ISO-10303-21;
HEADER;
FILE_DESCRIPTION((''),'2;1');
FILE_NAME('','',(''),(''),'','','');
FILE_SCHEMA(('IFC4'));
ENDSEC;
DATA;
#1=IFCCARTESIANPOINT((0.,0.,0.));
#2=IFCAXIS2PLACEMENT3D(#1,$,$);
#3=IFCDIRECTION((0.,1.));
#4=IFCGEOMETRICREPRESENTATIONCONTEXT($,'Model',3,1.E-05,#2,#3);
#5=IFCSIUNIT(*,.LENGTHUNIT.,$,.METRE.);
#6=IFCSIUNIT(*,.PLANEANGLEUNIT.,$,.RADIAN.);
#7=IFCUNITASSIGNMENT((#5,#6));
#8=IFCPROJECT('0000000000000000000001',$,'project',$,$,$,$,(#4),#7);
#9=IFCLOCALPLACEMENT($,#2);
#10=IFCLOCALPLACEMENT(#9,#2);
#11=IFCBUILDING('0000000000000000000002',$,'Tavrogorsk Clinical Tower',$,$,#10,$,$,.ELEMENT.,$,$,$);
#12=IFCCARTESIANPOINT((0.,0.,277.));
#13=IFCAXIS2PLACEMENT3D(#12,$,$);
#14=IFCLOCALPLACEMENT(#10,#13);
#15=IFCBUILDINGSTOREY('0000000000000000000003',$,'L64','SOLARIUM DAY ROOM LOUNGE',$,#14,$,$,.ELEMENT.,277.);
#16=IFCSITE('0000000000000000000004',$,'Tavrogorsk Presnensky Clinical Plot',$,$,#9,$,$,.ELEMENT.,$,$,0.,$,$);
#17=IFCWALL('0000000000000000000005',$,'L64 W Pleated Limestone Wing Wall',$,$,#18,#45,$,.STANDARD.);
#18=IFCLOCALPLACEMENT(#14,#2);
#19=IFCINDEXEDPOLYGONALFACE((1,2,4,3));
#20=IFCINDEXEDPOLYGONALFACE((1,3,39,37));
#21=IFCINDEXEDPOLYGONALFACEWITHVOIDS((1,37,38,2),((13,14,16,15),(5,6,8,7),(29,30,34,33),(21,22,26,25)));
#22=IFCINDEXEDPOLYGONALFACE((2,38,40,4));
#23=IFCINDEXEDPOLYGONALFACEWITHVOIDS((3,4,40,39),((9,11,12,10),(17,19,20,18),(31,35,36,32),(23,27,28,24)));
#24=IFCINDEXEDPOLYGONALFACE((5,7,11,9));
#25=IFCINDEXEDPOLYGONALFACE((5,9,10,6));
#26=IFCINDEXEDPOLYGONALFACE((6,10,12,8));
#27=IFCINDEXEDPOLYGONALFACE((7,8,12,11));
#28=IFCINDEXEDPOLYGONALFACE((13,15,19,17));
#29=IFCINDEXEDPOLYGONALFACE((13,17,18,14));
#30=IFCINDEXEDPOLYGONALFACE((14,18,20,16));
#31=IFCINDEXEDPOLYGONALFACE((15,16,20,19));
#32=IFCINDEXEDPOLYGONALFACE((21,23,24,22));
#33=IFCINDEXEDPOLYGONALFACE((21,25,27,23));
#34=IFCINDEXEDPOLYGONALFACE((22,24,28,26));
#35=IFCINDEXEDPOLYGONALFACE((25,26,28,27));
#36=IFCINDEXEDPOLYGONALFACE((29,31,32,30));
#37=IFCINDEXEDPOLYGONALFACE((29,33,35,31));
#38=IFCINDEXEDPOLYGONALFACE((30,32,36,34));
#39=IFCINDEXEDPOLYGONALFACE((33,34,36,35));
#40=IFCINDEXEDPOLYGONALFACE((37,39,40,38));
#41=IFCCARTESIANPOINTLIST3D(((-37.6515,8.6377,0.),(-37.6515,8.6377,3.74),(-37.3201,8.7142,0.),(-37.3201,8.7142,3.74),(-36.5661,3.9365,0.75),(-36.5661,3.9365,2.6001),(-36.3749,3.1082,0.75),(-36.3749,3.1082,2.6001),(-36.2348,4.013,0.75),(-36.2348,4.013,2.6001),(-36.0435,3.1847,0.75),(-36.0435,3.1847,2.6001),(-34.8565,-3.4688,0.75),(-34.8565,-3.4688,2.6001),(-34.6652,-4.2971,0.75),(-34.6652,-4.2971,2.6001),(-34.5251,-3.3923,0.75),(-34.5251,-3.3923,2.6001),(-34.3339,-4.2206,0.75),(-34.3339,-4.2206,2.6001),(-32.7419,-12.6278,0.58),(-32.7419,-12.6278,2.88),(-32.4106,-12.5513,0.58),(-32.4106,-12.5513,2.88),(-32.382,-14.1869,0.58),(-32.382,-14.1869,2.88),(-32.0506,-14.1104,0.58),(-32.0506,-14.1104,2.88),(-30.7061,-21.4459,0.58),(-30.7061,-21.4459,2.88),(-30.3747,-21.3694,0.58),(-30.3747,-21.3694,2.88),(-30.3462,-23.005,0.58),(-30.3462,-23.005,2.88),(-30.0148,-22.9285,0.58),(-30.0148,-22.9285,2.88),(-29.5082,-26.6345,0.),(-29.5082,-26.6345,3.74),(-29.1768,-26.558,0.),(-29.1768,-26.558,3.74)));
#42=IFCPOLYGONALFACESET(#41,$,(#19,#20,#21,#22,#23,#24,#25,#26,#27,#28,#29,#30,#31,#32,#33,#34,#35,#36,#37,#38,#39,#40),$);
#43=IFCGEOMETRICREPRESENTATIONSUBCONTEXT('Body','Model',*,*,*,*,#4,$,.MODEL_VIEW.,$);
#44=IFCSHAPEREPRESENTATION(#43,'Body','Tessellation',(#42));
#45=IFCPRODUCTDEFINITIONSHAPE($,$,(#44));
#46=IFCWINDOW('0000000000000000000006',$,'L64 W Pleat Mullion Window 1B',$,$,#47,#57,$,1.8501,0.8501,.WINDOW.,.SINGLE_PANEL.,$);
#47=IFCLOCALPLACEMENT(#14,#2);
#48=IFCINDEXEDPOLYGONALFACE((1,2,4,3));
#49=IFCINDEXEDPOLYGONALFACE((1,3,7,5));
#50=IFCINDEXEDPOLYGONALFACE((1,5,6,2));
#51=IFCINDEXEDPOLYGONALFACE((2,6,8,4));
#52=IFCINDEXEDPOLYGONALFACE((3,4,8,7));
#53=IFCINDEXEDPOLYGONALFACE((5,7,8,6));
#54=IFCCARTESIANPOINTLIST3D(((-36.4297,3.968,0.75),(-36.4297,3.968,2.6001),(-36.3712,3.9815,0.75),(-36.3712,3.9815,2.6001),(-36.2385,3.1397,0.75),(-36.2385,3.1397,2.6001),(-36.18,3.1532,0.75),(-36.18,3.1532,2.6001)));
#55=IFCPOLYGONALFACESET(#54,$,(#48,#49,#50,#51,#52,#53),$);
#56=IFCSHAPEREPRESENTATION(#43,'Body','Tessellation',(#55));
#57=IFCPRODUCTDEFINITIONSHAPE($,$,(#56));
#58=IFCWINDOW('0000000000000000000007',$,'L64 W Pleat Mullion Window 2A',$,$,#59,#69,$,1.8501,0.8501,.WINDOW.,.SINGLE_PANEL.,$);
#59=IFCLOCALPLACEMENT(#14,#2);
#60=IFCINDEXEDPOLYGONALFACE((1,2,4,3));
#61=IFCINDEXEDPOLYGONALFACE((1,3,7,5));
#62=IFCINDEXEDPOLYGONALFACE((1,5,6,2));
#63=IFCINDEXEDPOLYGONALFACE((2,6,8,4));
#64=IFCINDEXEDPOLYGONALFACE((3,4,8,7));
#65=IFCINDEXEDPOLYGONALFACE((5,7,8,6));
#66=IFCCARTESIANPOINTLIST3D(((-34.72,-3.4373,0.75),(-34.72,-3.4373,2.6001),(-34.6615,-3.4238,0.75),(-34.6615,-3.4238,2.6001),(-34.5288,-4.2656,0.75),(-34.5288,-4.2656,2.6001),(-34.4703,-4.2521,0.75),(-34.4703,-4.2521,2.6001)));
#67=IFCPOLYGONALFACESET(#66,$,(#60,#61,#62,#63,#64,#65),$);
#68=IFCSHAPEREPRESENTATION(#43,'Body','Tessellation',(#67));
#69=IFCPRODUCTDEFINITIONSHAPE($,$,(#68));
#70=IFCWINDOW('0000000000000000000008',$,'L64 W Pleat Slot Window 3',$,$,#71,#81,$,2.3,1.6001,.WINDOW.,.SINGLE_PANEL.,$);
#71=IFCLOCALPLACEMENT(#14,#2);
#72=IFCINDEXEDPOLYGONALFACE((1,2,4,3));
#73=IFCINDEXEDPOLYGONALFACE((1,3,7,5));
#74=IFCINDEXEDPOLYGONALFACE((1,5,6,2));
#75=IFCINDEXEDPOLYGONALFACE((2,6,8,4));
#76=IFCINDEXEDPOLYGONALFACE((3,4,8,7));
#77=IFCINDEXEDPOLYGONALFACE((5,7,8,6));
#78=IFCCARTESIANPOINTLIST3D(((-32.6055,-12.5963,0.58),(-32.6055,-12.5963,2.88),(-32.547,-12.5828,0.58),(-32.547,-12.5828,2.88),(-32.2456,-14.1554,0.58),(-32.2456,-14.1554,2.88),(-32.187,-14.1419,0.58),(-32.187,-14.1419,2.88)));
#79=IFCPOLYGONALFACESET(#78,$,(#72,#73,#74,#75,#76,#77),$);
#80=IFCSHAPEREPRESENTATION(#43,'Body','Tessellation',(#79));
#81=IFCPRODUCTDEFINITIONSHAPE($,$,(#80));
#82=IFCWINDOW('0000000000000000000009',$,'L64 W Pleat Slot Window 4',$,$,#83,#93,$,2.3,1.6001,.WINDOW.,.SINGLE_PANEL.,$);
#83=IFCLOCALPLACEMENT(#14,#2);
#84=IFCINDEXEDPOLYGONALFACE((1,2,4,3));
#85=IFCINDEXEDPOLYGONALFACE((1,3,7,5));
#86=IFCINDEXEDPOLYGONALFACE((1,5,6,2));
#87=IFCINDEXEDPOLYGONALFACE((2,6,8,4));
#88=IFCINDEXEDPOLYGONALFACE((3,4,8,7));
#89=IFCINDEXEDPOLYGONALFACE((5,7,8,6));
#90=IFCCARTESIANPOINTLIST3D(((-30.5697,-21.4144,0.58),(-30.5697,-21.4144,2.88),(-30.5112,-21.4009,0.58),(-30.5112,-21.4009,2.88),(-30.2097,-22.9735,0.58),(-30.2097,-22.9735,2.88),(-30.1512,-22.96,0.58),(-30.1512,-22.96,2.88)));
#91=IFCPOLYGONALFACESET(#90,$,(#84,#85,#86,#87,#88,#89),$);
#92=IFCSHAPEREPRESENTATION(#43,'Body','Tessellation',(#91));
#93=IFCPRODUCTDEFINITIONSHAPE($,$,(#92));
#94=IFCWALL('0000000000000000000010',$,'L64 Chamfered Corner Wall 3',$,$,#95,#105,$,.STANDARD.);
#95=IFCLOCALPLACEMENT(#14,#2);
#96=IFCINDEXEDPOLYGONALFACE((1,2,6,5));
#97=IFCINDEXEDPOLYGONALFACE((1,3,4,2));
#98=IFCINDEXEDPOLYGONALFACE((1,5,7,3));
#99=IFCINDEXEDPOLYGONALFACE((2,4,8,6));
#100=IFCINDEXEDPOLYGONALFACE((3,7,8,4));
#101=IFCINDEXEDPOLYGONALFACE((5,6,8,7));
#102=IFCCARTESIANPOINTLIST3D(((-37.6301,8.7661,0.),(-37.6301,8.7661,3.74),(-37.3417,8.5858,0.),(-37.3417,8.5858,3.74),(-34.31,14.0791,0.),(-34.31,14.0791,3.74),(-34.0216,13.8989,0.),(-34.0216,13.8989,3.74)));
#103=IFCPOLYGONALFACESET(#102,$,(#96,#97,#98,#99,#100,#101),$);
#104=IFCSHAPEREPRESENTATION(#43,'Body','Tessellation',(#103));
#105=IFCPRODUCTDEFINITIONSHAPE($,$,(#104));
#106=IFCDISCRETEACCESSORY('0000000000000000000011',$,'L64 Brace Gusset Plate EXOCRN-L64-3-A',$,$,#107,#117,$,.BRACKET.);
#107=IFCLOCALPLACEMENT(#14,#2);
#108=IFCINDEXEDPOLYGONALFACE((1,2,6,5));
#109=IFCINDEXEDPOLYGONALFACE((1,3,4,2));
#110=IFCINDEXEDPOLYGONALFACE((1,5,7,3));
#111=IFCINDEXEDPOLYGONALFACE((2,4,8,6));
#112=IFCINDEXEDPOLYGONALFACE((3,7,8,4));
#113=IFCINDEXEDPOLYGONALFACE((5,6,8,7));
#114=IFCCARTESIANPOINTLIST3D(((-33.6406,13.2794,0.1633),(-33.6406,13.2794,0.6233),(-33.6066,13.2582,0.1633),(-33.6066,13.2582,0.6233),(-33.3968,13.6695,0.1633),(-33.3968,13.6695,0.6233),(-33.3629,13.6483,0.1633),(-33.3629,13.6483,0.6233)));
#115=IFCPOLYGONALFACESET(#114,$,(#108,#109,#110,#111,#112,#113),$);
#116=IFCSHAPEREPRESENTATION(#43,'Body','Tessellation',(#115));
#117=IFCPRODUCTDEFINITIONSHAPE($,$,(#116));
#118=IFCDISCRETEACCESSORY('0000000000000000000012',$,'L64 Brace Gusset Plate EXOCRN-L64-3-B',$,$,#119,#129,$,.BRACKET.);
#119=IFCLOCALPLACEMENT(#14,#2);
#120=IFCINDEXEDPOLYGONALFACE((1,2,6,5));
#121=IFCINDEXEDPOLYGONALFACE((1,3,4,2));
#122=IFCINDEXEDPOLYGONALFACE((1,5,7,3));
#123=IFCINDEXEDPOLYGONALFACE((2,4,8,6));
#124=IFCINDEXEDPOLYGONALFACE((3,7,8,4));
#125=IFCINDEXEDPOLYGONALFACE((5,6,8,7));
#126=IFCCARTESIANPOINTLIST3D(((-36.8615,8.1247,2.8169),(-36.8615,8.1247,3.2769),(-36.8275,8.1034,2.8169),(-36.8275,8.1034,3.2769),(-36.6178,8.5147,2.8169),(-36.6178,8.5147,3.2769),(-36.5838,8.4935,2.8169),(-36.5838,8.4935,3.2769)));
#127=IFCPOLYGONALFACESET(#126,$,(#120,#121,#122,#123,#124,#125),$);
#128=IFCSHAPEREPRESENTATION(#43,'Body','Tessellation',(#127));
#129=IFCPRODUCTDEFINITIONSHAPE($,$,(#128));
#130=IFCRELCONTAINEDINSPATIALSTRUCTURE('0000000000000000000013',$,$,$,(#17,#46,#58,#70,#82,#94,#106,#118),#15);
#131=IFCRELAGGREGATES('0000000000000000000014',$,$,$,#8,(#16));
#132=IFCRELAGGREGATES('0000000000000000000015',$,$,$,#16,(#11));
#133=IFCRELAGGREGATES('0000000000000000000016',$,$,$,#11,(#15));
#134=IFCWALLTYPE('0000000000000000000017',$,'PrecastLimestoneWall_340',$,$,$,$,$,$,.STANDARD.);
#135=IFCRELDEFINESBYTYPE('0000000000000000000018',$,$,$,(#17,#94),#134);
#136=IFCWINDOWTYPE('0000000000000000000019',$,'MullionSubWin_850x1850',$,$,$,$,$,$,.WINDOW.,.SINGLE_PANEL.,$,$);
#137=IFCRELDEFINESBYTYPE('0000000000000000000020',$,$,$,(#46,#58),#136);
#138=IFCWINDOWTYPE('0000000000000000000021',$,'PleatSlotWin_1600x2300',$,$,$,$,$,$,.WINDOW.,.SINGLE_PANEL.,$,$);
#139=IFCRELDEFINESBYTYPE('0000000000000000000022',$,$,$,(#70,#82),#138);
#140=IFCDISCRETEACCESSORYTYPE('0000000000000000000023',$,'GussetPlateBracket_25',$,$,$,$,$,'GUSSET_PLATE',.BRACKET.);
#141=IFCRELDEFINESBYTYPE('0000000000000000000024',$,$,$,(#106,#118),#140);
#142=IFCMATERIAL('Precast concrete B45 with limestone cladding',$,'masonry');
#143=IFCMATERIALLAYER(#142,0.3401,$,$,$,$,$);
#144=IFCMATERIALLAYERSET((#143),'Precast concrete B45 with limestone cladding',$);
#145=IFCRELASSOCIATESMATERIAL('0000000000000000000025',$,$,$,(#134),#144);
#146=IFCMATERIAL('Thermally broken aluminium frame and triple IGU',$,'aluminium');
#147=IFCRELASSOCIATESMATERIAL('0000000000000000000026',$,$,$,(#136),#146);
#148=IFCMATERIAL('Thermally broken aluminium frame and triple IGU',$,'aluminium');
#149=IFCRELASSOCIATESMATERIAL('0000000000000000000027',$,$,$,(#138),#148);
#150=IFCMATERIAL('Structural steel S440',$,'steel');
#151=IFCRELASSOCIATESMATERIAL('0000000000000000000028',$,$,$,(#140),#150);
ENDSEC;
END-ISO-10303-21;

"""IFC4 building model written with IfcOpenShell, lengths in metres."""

from ifc_helpers import new_model, si_unit, direction, frame, frame_2d, origin, origin_2d, place, context, subcontext, project, spatial, rectangle, extrude, material, layer, layer_set, type_object, element, fill, save


model = new_model("IFC4")

# Units and contexts
model_context = context("Model", 3, precision=1e-05, world=origin(), true_north=direction((0.0, 1.0)))
body_context = subcontext(model_context, "Body", "Model", "MODEL_VIEW")
ifc_project = project(units=[si_unit("LENGTHUNIT", "METRE"), si_unit("PLANEANGLEUNIT", "RADIAN")], contexts=[model_context])

# Site, building, storey
site_placement = place(None, origin())
site = spatial("IfcSite", under=ifc_project, at=site_placement, Name="Tavrogorsk Presnensky Clinical Plot", CompositionType="ELEMENT", RefElevation=0.0)
building_placement = place(site_placement, origin())
building = spatial("IfcBuilding", under=site, at=building_placement, Name="Tavrogorsk Clinical Tower", CompositionType="ELEMENT")
storey_placement = place(building_placement, frame((0.0, 0.0, 277.0)))
storey = spatial("IfcBuildingStorey", under=building, at=storey_placement, Name="L64", Description="SOLARIUM DAY ROOM LOUNGE", CompositionType="ELEMENT", Elevation=277.0)

# Wall, openings, windows
ifc_material_1 = material(Name="Precast concrete B45 with limestone cladding", Category="masonry")
ifc_layer_1 = layer(ifc_material_1, 0.3401)
ifc_layer_set_1 = layer_set([ifc_layer_1], Name="Precast concrete B45 with limestone cladding")
wall_type_1 = type_object("IfcWallType", Name="PrecastLimestoneWall_340", PredefinedType="STANDARD", material=ifc_layer_set_1)
wall_1_placement = place(storey_placement, frame((-37.4858, 8.676, 0.0), z_axis=(0.0, 0.0, 1.0), x_axis=(0.224953, -0.97437, 0.0)))
wall_1 = element("IfcWall", 1, at=wall_1_placement, inside=storey, type_object=wall_type_1, Name="L64 W Pleated Limestone Wing Wall", PredefinedType="STANDARD", context=body_context, shape_type="SweptSolid", body=[
    extrude(rectangle(XDim=36.2, YDim=0.3401, at=frame_2d((18.1001, 0.0))), origin(), (0.0, 0.0, 1.0), 3.74),
])
opening_1_placement = place(wall_1_placement, frame((4.825, 0.0, 0.75)))
opening_1 = element("IfcOpeningElement", 2, at=opening_1_placement, cuts=wall_1, PredefinedType="OPENING", context=body_context, shape_type="SweptSolid", body=[
    extrude(rectangle(XDim=0.8501, YDim=1.8501, at=frame_2d((0.425, 0.925))), frame((0.0, 0.1799, 0.0), z_axis=(0.0, -1.0, 0.0), x_axis=(1.0, 0.0, 0.0)), (0.0, 0.0, 1.0), 0.3601),
])
opening_2_placement = place(wall_1_placement, frame((12.425, 0.0, 0.75)))
opening_2 = element("IfcOpeningElement", 3, at=opening_2_placement, cuts=wall_1, PredefinedType="OPENING", context=body_context, shape_type="SweptSolid", body=[
    extrude(rectangle(XDim=0.8501, YDim=1.8501, at=frame_2d((0.425, 0.925))), frame((0.0, 0.1799, 0.0), z_axis=(0.0, -1.0, 0.0), x_axis=(1.0, 0.0, 0.0)), (0.0, 0.0, 1.0), 0.3601),
])
opening_3_placement = place(wall_1_placement, frame((21.825, 0.0, 0.5801)))
opening_3 = element("IfcOpeningElement", 4, at=opening_3_placement, cuts=wall_1, PredefinedType="OPENING", context=body_context, shape_type="SweptSolid", body=[
    extrude(rectangle(XDim=1.6001, YDim=2.3, at=frame_2d((0.8, 1.1499))), frame((0.0, 0.1799, 0.0), z_axis=(0.0, -1.0, 0.0), x_axis=(1.0, 0.0, 0.0)), (0.0, 0.0, 1.0), 0.3601),
])
opening_4_placement = place(wall_1_placement, frame((30.875, 0.0, 0.5801)))
opening_4 = element("IfcOpeningElement", 5, at=opening_4_placement, cuts=wall_1, PredefinedType="OPENING", context=body_context, shape_type="SweptSolid", body=[
    extrude(rectangle(XDim=1.6001, YDim=2.3, at=frame_2d((0.8, 1.1499))), frame((0.0, 0.1799, 0.0), z_axis=(0.0, -1.0, 0.0), x_axis=(1.0, 0.0, 0.0)), (0.0, 0.0, 1.0), 0.3601),
])
ifc_material_2 = material(Name="Thermally broken aluminium frame and triple IGU", Category="aluminium")
window_type_1 = type_object("IfcWindowType", Name="MullionSubWin_850x1850", PartitioningType="SINGLE_PANEL", PredefinedType="WINDOW", material=ifc_material_2)
window_1_placement = place(opening_1_placement, origin())
window_1 = element("IfcWindow", 6, at=window_1_placement, inside=storey, type_object=window_type_1, Name="L64 W Pleat Mullion Window 1B", OverallHeight=1.8501, OverallWidth=0.8501, PartitioningType="SINGLE_PANEL", PredefinedType="WINDOW", context=body_context, shape_type="SweptSolid", body=[
    extrude(rectangle(XDim=0.8501, YDim=1.8501, at=frame_2d((0.425, 0.925))), frame((0.0, 0.03, 0.0), z_axis=(0.0, -1.0, 0.0), x_axis=(1.0, 0.0, 0.0)), (0.0, 0.0, 1.0), 0.0601),
])
fill(opening_1, window_1)
window_2_placement = place(opening_2_placement, origin())
window_2 = element("IfcWindow", 7, at=window_2_placement, inside=storey, type_object=window_type_1, Name="L64 W Pleat Mullion Window 2A", OverallHeight=1.8501, OverallWidth=0.8501, PartitioningType="SINGLE_PANEL", PredefinedType="WINDOW", context=body_context, shape_type="SweptSolid", body=[
    extrude(rectangle(XDim=0.8501, YDim=1.8501, at=frame_2d((0.425, 0.925))), frame((0.0, 0.03, 0.0), z_axis=(0.0, -1.0, 0.0), x_axis=(1.0, 0.0, 0.0)), (0.0, 0.0, 1.0), 0.0601),
])
fill(opening_2, window_2)
ifc_material_3 = material(Name="Thermally broken aluminium frame and triple IGU", Category="aluminium")
window_type_2 = type_object("IfcWindowType", Name="PleatSlotWin_1600x2300", PartitioningType="SINGLE_PANEL", PredefinedType="WINDOW", material=ifc_material_3)
window_3_placement = place(opening_3_placement, origin())
window_3 = element("IfcWindow", 8, at=window_3_placement, inside=storey, type_object=window_type_2, Name="L64 W Pleat Slot Window 3", OverallHeight=2.3, OverallWidth=1.6001, PartitioningType="SINGLE_PANEL", PredefinedType="WINDOW", context=body_context, shape_type="SweptSolid", body=[
    extrude(rectangle(XDim=1.6001, YDim=2.3, at=frame_2d((0.8, 1.1499))), frame((0.0, 0.03, 0.0), z_axis=(0.0, -1.0, 0.0), x_axis=(1.0, 0.0, 0.0)), (0.0, 0.0, 1.0), 0.0601),
])
fill(opening_3, window_3)
window_4_placement = place(opening_4_placement, origin())
window_4 = element("IfcWindow", 9, at=window_4_placement, inside=storey, type_object=window_type_2, Name="L64 W Pleat Slot Window 4", OverallHeight=2.3, OverallWidth=1.6001, PartitioningType="SINGLE_PANEL", PredefinedType="WINDOW", context=body_context, shape_type="SweptSolid", body=[
    extrude(rectangle(XDim=1.6001, YDim=2.3, at=frame_2d((0.8, 1.1499))), frame((0.0, 0.03, 0.0), z_axis=(0.0, -1.0, 0.0), x_axis=(1.0, 0.0, 0.0)), (0.0, 0.0, 1.0), 0.0601),
])
fill(opening_4, window_4)

# Wall
wall_2_placement = place(storey_placement, frame((-34.1658, 13.989, 0.0), z_axis=(0.0, 0.0, 1.0), x_axis=(-0.529936, -0.848038, 0.0)))
element("IfcWall", 10, at=wall_2_placement, inside=storey, type_object=wall_type_1, Name="L64 Chamfered Corner Wall 3", PredefinedType="STANDARD", context=body_context, shape_type="SweptSolid", body=[
    extrude(rectangle(XDim=6.2651, YDim=0.3401, at=frame_2d((3.1326, 0.0))), origin(), (0.0, 0.0, 1.0), 3.74),
])

# Discrete accessories
ifc_material_4 = material(Name="Structural steel S440", Category="steel")
discrete_accessory_type = type_object("IfcDiscreteAccessoryType", Name="GussetPlateBracket_25", ElementType="GUSSET_PLATE", PredefinedType="BRACKET", material=ifc_material_4)
for number, where, z_axis, x_axis, name in (
    (11, (-33.5017, 13.4639, 0.1633), (0.0, 0.0, 1.0), (-0.529919, -0.848048, 0.0), "L64 Brace Gusset Plate EXOCRN-L64-3-A"),
    (12, (-36.7227, 8.3091, 2.8169), (0.0, 0.0, 1.0), (-0.529919, -0.848048, 0.0), "L64 Brace Gusset Plate EXOCRN-L64-3-B"),
):
    element("IfcDiscreteAccessory", number, at=place(storey_placement, frame(where, z_axis=z_axis, x_axis=x_axis)), inside=storey, type_object=discrete_accessory_type, Name=name, PredefinedType="BRACKET", context=body_context, shape_type="SweptSolid", body=[
        extrude(rectangle(XDim=0.46, YDim=0.04, at=origin_2d()), origin(), (0.0, 0.0, 1.0), 0.46),
    ])

save(model, "model.ifc")
